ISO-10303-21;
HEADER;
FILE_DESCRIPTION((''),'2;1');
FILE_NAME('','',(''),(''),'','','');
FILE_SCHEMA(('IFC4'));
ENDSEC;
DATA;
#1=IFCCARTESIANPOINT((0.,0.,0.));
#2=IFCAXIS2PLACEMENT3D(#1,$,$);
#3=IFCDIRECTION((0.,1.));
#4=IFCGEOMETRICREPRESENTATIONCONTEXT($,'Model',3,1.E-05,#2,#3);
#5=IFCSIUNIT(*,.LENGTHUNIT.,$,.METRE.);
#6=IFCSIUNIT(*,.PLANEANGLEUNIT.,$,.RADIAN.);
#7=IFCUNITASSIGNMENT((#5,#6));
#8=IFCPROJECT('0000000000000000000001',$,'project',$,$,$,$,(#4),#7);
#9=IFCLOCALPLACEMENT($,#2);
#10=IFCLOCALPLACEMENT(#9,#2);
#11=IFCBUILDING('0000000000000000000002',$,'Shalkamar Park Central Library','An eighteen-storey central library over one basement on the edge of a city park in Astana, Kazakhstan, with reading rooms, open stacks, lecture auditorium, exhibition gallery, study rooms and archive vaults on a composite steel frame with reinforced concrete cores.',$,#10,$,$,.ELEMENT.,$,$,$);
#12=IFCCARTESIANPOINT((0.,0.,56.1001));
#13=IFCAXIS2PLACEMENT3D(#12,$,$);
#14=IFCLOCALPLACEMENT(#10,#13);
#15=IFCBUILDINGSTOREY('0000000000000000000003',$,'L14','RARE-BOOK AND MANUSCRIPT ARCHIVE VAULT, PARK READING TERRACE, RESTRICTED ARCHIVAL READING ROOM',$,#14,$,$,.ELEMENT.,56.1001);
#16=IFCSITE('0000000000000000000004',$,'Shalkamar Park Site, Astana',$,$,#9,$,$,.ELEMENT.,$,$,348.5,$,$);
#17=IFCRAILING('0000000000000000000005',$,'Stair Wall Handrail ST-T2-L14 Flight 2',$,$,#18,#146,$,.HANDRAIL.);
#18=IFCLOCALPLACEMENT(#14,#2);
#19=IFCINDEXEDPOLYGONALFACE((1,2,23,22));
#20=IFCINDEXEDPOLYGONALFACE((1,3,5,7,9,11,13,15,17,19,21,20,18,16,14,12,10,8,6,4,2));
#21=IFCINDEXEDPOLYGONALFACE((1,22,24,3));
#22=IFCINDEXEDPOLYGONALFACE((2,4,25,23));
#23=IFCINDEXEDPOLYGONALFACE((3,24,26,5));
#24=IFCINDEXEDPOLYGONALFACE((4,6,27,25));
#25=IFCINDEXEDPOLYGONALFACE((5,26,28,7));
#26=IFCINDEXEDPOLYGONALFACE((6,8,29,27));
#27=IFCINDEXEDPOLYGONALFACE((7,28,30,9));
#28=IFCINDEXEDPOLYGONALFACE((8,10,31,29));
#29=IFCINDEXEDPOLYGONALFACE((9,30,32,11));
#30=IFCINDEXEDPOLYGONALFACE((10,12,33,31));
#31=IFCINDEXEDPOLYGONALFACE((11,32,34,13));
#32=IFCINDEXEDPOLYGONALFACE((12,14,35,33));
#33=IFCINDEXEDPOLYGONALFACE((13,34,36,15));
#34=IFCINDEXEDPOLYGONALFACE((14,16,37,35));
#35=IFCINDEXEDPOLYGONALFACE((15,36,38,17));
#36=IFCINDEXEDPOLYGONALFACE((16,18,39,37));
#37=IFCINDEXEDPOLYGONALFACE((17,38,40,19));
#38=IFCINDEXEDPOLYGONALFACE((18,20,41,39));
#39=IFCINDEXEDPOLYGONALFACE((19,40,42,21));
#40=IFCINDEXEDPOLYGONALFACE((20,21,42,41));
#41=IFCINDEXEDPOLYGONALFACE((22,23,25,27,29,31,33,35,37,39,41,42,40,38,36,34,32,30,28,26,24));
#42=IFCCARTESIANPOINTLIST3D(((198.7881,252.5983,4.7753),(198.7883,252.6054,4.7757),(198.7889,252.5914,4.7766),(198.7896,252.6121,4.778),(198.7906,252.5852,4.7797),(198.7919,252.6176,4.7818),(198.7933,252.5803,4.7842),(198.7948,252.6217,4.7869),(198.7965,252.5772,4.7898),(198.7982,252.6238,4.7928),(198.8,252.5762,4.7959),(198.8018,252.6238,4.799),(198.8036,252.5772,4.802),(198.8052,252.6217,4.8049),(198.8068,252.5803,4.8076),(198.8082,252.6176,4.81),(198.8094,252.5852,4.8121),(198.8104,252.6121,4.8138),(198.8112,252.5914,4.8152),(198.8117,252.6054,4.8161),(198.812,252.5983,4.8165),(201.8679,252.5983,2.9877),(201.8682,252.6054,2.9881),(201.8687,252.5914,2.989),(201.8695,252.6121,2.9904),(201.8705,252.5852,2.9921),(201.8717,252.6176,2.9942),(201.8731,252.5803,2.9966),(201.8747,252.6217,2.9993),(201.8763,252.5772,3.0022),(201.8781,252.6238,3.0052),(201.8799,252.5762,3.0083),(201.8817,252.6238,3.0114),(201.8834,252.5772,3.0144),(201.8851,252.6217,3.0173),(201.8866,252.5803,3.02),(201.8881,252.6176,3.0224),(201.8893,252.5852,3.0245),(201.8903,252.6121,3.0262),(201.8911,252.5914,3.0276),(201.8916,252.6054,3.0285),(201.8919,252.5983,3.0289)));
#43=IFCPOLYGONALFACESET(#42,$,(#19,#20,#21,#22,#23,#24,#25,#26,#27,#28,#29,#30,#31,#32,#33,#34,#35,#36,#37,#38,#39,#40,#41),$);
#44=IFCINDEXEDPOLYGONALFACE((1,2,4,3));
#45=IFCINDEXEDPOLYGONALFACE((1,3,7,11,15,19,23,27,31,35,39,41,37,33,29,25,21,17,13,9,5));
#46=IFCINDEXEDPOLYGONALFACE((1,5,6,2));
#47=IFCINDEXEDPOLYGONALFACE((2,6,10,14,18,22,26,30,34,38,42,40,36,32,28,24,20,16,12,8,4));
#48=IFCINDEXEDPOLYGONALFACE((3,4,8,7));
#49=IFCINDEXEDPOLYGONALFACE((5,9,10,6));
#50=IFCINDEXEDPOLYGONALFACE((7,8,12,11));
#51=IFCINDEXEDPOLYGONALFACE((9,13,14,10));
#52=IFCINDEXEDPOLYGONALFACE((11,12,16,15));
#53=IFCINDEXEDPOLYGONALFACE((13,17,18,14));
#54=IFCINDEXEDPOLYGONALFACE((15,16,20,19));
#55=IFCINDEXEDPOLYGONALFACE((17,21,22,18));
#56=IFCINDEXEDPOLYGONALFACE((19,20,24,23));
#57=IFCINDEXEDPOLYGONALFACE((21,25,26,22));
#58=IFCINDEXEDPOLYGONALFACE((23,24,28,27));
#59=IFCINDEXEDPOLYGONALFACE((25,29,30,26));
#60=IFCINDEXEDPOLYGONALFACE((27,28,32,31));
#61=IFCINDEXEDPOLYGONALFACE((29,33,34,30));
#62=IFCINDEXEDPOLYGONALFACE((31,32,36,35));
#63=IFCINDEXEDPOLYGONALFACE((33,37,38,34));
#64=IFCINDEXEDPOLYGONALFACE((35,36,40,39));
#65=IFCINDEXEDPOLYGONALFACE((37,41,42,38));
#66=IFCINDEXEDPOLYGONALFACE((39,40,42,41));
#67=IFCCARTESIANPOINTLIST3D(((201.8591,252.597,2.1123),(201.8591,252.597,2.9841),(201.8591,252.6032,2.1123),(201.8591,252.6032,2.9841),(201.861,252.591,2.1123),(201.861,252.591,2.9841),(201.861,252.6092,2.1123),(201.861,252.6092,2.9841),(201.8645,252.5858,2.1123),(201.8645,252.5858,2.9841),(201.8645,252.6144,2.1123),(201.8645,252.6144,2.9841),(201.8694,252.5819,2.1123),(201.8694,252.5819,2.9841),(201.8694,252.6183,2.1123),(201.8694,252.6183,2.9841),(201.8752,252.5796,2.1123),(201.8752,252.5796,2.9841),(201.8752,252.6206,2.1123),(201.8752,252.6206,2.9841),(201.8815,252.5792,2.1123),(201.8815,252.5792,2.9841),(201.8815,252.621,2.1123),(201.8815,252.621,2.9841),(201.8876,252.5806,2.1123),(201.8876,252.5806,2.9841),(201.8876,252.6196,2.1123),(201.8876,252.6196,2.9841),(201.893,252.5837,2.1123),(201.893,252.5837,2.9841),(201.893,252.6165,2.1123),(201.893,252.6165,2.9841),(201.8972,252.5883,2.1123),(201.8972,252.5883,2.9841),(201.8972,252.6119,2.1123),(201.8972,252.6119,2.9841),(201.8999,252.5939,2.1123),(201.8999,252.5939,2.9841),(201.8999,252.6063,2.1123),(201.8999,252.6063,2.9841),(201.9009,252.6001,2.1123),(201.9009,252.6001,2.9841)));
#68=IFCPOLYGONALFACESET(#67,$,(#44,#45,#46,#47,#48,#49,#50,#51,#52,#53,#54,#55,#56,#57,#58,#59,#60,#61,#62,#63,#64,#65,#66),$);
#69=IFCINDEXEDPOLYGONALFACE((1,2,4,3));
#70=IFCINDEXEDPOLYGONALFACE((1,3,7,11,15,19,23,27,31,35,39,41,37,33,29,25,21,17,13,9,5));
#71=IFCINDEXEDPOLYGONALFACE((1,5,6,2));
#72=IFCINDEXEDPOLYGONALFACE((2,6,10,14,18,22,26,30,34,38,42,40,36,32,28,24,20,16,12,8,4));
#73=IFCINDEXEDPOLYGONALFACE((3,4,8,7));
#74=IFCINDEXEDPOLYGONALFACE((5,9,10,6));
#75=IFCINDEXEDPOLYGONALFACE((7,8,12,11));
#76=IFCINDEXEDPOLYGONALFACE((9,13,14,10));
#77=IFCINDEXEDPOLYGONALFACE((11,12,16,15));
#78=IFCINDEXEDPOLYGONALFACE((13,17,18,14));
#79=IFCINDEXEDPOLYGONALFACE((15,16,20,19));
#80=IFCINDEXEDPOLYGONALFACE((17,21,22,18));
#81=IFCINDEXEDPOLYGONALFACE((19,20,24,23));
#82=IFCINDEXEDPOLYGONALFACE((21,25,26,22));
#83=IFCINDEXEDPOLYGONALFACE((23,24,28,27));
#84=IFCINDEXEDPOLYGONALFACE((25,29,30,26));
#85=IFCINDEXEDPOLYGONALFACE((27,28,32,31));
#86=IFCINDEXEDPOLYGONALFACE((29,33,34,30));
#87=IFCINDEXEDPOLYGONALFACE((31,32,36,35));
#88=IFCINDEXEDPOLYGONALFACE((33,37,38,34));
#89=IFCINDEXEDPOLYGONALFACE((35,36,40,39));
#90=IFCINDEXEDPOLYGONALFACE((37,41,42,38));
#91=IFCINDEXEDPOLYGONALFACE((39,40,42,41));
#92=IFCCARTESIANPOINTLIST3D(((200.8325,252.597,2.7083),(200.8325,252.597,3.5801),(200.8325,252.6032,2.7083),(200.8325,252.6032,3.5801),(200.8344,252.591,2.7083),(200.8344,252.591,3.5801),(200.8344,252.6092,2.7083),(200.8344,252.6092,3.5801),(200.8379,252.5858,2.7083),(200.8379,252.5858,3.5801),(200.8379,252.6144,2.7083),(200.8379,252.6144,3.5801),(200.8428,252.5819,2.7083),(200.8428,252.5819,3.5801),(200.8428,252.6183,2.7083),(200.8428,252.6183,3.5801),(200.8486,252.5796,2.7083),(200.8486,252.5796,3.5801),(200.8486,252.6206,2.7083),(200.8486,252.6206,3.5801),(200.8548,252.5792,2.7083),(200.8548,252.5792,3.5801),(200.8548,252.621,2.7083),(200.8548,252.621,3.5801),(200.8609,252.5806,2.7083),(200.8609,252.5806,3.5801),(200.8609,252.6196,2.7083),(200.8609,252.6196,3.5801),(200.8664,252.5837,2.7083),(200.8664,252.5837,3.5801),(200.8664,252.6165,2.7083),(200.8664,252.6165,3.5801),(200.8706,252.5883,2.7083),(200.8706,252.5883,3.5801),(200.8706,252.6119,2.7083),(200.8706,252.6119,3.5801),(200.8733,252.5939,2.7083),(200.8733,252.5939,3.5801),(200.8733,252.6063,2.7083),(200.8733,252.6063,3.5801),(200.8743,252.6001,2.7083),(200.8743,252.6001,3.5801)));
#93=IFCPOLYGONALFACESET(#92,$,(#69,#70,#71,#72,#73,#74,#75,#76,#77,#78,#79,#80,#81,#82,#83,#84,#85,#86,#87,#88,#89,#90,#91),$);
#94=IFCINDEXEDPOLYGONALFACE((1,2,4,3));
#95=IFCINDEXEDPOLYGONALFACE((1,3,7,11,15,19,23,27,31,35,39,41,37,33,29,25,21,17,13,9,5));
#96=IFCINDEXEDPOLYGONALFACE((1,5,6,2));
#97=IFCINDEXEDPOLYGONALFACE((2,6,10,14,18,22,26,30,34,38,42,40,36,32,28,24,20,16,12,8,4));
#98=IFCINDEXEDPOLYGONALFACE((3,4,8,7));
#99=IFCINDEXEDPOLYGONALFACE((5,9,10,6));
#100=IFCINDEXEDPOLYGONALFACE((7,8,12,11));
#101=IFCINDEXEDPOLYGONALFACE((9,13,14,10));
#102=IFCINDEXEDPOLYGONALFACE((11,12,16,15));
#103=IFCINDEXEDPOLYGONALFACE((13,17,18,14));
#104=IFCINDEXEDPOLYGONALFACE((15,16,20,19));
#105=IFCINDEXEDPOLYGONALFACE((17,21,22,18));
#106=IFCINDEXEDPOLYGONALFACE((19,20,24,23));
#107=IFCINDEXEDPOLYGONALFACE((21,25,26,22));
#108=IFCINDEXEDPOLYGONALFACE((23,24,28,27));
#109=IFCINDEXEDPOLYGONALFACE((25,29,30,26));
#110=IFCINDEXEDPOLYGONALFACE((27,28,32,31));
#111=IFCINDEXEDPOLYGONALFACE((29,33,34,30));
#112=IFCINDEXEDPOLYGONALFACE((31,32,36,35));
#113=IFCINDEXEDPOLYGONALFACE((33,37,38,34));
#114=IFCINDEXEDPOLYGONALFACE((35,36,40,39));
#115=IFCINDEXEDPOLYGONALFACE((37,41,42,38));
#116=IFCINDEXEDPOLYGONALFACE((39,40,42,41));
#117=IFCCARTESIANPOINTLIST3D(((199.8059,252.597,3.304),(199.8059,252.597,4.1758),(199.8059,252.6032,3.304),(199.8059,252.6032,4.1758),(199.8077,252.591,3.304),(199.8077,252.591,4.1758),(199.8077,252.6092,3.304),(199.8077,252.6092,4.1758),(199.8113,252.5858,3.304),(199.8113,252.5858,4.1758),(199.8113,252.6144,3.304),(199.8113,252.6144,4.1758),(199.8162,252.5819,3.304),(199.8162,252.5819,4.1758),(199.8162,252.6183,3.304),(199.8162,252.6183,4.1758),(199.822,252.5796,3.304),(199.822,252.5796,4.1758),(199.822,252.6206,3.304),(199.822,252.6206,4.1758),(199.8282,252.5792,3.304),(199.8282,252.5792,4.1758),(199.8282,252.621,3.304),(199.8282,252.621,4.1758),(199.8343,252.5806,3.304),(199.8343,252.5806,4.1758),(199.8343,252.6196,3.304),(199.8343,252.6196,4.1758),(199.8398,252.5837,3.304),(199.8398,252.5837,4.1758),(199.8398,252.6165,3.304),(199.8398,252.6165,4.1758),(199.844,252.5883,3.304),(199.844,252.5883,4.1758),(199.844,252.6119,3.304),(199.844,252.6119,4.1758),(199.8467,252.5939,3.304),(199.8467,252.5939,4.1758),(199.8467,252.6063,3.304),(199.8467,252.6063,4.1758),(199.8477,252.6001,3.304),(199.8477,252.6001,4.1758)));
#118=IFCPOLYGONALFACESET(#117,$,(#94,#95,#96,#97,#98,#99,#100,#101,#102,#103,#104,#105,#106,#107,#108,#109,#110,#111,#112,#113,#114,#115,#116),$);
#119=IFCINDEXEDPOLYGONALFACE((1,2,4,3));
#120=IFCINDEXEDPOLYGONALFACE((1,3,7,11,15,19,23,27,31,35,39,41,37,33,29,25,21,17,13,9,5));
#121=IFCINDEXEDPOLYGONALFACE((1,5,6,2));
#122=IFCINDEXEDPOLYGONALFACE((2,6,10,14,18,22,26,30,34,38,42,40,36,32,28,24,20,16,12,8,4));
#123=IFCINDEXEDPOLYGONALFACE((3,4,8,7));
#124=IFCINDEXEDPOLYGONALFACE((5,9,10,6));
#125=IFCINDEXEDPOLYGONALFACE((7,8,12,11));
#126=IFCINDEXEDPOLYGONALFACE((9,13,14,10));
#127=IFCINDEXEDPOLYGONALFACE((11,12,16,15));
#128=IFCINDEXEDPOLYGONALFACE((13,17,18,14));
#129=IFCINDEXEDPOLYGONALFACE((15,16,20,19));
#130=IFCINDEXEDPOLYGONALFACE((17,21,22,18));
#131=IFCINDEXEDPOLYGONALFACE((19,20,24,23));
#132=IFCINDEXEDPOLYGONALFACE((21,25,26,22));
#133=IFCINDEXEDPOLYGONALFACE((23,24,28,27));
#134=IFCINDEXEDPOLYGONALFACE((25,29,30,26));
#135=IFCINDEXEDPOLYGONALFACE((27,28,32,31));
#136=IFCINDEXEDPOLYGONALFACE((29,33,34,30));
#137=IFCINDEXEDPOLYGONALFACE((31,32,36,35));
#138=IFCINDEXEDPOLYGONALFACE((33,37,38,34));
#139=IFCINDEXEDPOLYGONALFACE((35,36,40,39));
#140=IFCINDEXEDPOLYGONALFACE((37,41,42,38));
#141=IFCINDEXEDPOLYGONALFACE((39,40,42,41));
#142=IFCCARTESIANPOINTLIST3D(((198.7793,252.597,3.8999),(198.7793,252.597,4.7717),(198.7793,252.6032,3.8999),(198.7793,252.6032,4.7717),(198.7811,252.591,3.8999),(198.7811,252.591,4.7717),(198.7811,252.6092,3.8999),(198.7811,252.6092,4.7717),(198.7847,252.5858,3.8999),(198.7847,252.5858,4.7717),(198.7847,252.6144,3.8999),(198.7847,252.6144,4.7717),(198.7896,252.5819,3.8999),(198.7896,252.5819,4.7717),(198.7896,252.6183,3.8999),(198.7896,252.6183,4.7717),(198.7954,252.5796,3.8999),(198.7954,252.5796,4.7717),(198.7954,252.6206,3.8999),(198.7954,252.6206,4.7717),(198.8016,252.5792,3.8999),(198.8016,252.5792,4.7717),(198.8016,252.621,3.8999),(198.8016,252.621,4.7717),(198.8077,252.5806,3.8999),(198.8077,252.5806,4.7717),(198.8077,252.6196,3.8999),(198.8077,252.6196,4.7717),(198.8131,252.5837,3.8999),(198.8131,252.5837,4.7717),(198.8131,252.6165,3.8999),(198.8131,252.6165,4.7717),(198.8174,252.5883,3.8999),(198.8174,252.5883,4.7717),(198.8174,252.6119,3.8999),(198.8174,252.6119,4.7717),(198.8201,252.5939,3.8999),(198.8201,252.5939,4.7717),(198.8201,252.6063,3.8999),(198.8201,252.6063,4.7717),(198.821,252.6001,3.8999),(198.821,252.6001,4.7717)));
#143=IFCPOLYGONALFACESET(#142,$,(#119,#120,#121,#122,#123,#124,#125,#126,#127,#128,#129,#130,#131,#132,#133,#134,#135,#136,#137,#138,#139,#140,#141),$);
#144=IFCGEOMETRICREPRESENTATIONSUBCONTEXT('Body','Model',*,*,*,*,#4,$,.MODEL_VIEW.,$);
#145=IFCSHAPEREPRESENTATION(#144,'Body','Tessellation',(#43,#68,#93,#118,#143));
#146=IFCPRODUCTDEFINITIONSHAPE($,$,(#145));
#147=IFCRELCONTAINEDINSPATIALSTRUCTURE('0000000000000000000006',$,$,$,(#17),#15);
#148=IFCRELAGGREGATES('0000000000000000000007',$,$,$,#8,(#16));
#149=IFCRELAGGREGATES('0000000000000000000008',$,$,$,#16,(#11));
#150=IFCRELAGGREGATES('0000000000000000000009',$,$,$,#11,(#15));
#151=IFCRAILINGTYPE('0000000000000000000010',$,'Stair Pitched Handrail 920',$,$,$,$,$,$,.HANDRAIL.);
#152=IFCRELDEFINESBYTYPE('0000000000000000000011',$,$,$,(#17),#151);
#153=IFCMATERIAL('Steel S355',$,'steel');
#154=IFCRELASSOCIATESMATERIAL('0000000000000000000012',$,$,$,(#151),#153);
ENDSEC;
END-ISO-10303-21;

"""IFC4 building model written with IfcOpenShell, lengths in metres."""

from ifc_helpers import new_model, si_unit, direction, frame, origin, origin_2d, place, context, subcontext, project, spatial, circle, extrude, material, type_object, element, save


model = new_model("IFC4")

# Units and contexts
model_context = context("Model", 3, precision=1e-05, world=origin(), true_north=direction((0.0, 1.0)))
body_context = subcontext(model_context, "Body", "Model", "MODEL_VIEW")
ifc_project = project(units=[si_unit("LENGTHUNIT", "METRE"), si_unit("PLANEANGLEUNIT", "RADIAN")], contexts=[model_context])

# Site, building, storey
site_placement = place(None, origin())
site = spatial("IfcSite", under=ifc_project, at=site_placement, Name="Shalkamar Park Site, Astana", CompositionType="ELEMENT", RefElevation=348.5)
building_placement = place(site_placement, origin())
building = spatial("IfcBuilding", under=site, at=building_placement, Name="Shalkamar Park Central Library", Description="An eighteen-storey central library over one basement on the edge of a city park in Astana, Kazakhstan, with reading rooms, open stacks, lecture auditorium, exhibition gallery, study rooms and archive vaults on a composite steel frame with reinforced concrete cores.", CompositionType="ELEMENT")
storey_placement = place(building_placement, frame((0.0, 0.0, 56.1001)))
storey = spatial("IfcBuildingStorey", under=building, at=storey_placement, Name="L14", Description="RARE-BOOK AND MANUSCRIPT ARCHIVE VAULT, PARK READING TERRACE, RESTRICTED ARCHIVAL READING ROOM", CompositionType="ELEMENT", Elevation=56.1001)

# Shared definitions
ifc_material_1 = material(Name="Steel S355", Category="steel")

# Railing
railing_type_1 = type_object("IfcRailingType", Name="Stair Pitched Handrail 920", PredefinedType="HANDRAIL", material=ifc_material_1)
railing_1_placement = place(storey_placement, frame((201.8799, 252.6001, 2.1123)))
element("IfcRailing", 1, at=railing_1_placement, inside=storey, type_object=railing_type_1, Name="Stair Wall Handrail ST-T2-L14 Flight 2", PredefinedType="HANDRAIL", context=body_context, shape_type="SweptSolid", body=[
    extrude(circle(Radius=0.0239, at=origin_2d()), frame((0.0, 0.0, 0.896), z_axis=(-0.864873, 0.0, 0.50199), x_axis=(0.0, -1.0, 0.0)), (0.0, 0.0, 1.0), 3.561),
    extrude(circle(Radius=0.021, at=origin_2d()), origin(), (0.0, 0.0, 1.0), 0.8718),
    extrude(circle(Radius=0.021, at=origin_2d()), frame((-1.0266, 0.0, 0.5959)), (0.0, 0.0, 1.0), 0.8718),
    extrude(circle(Radius=0.021, at=origin_2d()), frame((-2.0532, 0.0, 1.1917)), (0.0, 0.0, 1.0), 0.8718),
    extrude(circle(Radius=0.021, at=origin_2d()), frame((-3.0798, 0.0, 1.7876)), (0.0, 0.0, 1.0), 0.8718),
])

save(model, "model.ifc")
